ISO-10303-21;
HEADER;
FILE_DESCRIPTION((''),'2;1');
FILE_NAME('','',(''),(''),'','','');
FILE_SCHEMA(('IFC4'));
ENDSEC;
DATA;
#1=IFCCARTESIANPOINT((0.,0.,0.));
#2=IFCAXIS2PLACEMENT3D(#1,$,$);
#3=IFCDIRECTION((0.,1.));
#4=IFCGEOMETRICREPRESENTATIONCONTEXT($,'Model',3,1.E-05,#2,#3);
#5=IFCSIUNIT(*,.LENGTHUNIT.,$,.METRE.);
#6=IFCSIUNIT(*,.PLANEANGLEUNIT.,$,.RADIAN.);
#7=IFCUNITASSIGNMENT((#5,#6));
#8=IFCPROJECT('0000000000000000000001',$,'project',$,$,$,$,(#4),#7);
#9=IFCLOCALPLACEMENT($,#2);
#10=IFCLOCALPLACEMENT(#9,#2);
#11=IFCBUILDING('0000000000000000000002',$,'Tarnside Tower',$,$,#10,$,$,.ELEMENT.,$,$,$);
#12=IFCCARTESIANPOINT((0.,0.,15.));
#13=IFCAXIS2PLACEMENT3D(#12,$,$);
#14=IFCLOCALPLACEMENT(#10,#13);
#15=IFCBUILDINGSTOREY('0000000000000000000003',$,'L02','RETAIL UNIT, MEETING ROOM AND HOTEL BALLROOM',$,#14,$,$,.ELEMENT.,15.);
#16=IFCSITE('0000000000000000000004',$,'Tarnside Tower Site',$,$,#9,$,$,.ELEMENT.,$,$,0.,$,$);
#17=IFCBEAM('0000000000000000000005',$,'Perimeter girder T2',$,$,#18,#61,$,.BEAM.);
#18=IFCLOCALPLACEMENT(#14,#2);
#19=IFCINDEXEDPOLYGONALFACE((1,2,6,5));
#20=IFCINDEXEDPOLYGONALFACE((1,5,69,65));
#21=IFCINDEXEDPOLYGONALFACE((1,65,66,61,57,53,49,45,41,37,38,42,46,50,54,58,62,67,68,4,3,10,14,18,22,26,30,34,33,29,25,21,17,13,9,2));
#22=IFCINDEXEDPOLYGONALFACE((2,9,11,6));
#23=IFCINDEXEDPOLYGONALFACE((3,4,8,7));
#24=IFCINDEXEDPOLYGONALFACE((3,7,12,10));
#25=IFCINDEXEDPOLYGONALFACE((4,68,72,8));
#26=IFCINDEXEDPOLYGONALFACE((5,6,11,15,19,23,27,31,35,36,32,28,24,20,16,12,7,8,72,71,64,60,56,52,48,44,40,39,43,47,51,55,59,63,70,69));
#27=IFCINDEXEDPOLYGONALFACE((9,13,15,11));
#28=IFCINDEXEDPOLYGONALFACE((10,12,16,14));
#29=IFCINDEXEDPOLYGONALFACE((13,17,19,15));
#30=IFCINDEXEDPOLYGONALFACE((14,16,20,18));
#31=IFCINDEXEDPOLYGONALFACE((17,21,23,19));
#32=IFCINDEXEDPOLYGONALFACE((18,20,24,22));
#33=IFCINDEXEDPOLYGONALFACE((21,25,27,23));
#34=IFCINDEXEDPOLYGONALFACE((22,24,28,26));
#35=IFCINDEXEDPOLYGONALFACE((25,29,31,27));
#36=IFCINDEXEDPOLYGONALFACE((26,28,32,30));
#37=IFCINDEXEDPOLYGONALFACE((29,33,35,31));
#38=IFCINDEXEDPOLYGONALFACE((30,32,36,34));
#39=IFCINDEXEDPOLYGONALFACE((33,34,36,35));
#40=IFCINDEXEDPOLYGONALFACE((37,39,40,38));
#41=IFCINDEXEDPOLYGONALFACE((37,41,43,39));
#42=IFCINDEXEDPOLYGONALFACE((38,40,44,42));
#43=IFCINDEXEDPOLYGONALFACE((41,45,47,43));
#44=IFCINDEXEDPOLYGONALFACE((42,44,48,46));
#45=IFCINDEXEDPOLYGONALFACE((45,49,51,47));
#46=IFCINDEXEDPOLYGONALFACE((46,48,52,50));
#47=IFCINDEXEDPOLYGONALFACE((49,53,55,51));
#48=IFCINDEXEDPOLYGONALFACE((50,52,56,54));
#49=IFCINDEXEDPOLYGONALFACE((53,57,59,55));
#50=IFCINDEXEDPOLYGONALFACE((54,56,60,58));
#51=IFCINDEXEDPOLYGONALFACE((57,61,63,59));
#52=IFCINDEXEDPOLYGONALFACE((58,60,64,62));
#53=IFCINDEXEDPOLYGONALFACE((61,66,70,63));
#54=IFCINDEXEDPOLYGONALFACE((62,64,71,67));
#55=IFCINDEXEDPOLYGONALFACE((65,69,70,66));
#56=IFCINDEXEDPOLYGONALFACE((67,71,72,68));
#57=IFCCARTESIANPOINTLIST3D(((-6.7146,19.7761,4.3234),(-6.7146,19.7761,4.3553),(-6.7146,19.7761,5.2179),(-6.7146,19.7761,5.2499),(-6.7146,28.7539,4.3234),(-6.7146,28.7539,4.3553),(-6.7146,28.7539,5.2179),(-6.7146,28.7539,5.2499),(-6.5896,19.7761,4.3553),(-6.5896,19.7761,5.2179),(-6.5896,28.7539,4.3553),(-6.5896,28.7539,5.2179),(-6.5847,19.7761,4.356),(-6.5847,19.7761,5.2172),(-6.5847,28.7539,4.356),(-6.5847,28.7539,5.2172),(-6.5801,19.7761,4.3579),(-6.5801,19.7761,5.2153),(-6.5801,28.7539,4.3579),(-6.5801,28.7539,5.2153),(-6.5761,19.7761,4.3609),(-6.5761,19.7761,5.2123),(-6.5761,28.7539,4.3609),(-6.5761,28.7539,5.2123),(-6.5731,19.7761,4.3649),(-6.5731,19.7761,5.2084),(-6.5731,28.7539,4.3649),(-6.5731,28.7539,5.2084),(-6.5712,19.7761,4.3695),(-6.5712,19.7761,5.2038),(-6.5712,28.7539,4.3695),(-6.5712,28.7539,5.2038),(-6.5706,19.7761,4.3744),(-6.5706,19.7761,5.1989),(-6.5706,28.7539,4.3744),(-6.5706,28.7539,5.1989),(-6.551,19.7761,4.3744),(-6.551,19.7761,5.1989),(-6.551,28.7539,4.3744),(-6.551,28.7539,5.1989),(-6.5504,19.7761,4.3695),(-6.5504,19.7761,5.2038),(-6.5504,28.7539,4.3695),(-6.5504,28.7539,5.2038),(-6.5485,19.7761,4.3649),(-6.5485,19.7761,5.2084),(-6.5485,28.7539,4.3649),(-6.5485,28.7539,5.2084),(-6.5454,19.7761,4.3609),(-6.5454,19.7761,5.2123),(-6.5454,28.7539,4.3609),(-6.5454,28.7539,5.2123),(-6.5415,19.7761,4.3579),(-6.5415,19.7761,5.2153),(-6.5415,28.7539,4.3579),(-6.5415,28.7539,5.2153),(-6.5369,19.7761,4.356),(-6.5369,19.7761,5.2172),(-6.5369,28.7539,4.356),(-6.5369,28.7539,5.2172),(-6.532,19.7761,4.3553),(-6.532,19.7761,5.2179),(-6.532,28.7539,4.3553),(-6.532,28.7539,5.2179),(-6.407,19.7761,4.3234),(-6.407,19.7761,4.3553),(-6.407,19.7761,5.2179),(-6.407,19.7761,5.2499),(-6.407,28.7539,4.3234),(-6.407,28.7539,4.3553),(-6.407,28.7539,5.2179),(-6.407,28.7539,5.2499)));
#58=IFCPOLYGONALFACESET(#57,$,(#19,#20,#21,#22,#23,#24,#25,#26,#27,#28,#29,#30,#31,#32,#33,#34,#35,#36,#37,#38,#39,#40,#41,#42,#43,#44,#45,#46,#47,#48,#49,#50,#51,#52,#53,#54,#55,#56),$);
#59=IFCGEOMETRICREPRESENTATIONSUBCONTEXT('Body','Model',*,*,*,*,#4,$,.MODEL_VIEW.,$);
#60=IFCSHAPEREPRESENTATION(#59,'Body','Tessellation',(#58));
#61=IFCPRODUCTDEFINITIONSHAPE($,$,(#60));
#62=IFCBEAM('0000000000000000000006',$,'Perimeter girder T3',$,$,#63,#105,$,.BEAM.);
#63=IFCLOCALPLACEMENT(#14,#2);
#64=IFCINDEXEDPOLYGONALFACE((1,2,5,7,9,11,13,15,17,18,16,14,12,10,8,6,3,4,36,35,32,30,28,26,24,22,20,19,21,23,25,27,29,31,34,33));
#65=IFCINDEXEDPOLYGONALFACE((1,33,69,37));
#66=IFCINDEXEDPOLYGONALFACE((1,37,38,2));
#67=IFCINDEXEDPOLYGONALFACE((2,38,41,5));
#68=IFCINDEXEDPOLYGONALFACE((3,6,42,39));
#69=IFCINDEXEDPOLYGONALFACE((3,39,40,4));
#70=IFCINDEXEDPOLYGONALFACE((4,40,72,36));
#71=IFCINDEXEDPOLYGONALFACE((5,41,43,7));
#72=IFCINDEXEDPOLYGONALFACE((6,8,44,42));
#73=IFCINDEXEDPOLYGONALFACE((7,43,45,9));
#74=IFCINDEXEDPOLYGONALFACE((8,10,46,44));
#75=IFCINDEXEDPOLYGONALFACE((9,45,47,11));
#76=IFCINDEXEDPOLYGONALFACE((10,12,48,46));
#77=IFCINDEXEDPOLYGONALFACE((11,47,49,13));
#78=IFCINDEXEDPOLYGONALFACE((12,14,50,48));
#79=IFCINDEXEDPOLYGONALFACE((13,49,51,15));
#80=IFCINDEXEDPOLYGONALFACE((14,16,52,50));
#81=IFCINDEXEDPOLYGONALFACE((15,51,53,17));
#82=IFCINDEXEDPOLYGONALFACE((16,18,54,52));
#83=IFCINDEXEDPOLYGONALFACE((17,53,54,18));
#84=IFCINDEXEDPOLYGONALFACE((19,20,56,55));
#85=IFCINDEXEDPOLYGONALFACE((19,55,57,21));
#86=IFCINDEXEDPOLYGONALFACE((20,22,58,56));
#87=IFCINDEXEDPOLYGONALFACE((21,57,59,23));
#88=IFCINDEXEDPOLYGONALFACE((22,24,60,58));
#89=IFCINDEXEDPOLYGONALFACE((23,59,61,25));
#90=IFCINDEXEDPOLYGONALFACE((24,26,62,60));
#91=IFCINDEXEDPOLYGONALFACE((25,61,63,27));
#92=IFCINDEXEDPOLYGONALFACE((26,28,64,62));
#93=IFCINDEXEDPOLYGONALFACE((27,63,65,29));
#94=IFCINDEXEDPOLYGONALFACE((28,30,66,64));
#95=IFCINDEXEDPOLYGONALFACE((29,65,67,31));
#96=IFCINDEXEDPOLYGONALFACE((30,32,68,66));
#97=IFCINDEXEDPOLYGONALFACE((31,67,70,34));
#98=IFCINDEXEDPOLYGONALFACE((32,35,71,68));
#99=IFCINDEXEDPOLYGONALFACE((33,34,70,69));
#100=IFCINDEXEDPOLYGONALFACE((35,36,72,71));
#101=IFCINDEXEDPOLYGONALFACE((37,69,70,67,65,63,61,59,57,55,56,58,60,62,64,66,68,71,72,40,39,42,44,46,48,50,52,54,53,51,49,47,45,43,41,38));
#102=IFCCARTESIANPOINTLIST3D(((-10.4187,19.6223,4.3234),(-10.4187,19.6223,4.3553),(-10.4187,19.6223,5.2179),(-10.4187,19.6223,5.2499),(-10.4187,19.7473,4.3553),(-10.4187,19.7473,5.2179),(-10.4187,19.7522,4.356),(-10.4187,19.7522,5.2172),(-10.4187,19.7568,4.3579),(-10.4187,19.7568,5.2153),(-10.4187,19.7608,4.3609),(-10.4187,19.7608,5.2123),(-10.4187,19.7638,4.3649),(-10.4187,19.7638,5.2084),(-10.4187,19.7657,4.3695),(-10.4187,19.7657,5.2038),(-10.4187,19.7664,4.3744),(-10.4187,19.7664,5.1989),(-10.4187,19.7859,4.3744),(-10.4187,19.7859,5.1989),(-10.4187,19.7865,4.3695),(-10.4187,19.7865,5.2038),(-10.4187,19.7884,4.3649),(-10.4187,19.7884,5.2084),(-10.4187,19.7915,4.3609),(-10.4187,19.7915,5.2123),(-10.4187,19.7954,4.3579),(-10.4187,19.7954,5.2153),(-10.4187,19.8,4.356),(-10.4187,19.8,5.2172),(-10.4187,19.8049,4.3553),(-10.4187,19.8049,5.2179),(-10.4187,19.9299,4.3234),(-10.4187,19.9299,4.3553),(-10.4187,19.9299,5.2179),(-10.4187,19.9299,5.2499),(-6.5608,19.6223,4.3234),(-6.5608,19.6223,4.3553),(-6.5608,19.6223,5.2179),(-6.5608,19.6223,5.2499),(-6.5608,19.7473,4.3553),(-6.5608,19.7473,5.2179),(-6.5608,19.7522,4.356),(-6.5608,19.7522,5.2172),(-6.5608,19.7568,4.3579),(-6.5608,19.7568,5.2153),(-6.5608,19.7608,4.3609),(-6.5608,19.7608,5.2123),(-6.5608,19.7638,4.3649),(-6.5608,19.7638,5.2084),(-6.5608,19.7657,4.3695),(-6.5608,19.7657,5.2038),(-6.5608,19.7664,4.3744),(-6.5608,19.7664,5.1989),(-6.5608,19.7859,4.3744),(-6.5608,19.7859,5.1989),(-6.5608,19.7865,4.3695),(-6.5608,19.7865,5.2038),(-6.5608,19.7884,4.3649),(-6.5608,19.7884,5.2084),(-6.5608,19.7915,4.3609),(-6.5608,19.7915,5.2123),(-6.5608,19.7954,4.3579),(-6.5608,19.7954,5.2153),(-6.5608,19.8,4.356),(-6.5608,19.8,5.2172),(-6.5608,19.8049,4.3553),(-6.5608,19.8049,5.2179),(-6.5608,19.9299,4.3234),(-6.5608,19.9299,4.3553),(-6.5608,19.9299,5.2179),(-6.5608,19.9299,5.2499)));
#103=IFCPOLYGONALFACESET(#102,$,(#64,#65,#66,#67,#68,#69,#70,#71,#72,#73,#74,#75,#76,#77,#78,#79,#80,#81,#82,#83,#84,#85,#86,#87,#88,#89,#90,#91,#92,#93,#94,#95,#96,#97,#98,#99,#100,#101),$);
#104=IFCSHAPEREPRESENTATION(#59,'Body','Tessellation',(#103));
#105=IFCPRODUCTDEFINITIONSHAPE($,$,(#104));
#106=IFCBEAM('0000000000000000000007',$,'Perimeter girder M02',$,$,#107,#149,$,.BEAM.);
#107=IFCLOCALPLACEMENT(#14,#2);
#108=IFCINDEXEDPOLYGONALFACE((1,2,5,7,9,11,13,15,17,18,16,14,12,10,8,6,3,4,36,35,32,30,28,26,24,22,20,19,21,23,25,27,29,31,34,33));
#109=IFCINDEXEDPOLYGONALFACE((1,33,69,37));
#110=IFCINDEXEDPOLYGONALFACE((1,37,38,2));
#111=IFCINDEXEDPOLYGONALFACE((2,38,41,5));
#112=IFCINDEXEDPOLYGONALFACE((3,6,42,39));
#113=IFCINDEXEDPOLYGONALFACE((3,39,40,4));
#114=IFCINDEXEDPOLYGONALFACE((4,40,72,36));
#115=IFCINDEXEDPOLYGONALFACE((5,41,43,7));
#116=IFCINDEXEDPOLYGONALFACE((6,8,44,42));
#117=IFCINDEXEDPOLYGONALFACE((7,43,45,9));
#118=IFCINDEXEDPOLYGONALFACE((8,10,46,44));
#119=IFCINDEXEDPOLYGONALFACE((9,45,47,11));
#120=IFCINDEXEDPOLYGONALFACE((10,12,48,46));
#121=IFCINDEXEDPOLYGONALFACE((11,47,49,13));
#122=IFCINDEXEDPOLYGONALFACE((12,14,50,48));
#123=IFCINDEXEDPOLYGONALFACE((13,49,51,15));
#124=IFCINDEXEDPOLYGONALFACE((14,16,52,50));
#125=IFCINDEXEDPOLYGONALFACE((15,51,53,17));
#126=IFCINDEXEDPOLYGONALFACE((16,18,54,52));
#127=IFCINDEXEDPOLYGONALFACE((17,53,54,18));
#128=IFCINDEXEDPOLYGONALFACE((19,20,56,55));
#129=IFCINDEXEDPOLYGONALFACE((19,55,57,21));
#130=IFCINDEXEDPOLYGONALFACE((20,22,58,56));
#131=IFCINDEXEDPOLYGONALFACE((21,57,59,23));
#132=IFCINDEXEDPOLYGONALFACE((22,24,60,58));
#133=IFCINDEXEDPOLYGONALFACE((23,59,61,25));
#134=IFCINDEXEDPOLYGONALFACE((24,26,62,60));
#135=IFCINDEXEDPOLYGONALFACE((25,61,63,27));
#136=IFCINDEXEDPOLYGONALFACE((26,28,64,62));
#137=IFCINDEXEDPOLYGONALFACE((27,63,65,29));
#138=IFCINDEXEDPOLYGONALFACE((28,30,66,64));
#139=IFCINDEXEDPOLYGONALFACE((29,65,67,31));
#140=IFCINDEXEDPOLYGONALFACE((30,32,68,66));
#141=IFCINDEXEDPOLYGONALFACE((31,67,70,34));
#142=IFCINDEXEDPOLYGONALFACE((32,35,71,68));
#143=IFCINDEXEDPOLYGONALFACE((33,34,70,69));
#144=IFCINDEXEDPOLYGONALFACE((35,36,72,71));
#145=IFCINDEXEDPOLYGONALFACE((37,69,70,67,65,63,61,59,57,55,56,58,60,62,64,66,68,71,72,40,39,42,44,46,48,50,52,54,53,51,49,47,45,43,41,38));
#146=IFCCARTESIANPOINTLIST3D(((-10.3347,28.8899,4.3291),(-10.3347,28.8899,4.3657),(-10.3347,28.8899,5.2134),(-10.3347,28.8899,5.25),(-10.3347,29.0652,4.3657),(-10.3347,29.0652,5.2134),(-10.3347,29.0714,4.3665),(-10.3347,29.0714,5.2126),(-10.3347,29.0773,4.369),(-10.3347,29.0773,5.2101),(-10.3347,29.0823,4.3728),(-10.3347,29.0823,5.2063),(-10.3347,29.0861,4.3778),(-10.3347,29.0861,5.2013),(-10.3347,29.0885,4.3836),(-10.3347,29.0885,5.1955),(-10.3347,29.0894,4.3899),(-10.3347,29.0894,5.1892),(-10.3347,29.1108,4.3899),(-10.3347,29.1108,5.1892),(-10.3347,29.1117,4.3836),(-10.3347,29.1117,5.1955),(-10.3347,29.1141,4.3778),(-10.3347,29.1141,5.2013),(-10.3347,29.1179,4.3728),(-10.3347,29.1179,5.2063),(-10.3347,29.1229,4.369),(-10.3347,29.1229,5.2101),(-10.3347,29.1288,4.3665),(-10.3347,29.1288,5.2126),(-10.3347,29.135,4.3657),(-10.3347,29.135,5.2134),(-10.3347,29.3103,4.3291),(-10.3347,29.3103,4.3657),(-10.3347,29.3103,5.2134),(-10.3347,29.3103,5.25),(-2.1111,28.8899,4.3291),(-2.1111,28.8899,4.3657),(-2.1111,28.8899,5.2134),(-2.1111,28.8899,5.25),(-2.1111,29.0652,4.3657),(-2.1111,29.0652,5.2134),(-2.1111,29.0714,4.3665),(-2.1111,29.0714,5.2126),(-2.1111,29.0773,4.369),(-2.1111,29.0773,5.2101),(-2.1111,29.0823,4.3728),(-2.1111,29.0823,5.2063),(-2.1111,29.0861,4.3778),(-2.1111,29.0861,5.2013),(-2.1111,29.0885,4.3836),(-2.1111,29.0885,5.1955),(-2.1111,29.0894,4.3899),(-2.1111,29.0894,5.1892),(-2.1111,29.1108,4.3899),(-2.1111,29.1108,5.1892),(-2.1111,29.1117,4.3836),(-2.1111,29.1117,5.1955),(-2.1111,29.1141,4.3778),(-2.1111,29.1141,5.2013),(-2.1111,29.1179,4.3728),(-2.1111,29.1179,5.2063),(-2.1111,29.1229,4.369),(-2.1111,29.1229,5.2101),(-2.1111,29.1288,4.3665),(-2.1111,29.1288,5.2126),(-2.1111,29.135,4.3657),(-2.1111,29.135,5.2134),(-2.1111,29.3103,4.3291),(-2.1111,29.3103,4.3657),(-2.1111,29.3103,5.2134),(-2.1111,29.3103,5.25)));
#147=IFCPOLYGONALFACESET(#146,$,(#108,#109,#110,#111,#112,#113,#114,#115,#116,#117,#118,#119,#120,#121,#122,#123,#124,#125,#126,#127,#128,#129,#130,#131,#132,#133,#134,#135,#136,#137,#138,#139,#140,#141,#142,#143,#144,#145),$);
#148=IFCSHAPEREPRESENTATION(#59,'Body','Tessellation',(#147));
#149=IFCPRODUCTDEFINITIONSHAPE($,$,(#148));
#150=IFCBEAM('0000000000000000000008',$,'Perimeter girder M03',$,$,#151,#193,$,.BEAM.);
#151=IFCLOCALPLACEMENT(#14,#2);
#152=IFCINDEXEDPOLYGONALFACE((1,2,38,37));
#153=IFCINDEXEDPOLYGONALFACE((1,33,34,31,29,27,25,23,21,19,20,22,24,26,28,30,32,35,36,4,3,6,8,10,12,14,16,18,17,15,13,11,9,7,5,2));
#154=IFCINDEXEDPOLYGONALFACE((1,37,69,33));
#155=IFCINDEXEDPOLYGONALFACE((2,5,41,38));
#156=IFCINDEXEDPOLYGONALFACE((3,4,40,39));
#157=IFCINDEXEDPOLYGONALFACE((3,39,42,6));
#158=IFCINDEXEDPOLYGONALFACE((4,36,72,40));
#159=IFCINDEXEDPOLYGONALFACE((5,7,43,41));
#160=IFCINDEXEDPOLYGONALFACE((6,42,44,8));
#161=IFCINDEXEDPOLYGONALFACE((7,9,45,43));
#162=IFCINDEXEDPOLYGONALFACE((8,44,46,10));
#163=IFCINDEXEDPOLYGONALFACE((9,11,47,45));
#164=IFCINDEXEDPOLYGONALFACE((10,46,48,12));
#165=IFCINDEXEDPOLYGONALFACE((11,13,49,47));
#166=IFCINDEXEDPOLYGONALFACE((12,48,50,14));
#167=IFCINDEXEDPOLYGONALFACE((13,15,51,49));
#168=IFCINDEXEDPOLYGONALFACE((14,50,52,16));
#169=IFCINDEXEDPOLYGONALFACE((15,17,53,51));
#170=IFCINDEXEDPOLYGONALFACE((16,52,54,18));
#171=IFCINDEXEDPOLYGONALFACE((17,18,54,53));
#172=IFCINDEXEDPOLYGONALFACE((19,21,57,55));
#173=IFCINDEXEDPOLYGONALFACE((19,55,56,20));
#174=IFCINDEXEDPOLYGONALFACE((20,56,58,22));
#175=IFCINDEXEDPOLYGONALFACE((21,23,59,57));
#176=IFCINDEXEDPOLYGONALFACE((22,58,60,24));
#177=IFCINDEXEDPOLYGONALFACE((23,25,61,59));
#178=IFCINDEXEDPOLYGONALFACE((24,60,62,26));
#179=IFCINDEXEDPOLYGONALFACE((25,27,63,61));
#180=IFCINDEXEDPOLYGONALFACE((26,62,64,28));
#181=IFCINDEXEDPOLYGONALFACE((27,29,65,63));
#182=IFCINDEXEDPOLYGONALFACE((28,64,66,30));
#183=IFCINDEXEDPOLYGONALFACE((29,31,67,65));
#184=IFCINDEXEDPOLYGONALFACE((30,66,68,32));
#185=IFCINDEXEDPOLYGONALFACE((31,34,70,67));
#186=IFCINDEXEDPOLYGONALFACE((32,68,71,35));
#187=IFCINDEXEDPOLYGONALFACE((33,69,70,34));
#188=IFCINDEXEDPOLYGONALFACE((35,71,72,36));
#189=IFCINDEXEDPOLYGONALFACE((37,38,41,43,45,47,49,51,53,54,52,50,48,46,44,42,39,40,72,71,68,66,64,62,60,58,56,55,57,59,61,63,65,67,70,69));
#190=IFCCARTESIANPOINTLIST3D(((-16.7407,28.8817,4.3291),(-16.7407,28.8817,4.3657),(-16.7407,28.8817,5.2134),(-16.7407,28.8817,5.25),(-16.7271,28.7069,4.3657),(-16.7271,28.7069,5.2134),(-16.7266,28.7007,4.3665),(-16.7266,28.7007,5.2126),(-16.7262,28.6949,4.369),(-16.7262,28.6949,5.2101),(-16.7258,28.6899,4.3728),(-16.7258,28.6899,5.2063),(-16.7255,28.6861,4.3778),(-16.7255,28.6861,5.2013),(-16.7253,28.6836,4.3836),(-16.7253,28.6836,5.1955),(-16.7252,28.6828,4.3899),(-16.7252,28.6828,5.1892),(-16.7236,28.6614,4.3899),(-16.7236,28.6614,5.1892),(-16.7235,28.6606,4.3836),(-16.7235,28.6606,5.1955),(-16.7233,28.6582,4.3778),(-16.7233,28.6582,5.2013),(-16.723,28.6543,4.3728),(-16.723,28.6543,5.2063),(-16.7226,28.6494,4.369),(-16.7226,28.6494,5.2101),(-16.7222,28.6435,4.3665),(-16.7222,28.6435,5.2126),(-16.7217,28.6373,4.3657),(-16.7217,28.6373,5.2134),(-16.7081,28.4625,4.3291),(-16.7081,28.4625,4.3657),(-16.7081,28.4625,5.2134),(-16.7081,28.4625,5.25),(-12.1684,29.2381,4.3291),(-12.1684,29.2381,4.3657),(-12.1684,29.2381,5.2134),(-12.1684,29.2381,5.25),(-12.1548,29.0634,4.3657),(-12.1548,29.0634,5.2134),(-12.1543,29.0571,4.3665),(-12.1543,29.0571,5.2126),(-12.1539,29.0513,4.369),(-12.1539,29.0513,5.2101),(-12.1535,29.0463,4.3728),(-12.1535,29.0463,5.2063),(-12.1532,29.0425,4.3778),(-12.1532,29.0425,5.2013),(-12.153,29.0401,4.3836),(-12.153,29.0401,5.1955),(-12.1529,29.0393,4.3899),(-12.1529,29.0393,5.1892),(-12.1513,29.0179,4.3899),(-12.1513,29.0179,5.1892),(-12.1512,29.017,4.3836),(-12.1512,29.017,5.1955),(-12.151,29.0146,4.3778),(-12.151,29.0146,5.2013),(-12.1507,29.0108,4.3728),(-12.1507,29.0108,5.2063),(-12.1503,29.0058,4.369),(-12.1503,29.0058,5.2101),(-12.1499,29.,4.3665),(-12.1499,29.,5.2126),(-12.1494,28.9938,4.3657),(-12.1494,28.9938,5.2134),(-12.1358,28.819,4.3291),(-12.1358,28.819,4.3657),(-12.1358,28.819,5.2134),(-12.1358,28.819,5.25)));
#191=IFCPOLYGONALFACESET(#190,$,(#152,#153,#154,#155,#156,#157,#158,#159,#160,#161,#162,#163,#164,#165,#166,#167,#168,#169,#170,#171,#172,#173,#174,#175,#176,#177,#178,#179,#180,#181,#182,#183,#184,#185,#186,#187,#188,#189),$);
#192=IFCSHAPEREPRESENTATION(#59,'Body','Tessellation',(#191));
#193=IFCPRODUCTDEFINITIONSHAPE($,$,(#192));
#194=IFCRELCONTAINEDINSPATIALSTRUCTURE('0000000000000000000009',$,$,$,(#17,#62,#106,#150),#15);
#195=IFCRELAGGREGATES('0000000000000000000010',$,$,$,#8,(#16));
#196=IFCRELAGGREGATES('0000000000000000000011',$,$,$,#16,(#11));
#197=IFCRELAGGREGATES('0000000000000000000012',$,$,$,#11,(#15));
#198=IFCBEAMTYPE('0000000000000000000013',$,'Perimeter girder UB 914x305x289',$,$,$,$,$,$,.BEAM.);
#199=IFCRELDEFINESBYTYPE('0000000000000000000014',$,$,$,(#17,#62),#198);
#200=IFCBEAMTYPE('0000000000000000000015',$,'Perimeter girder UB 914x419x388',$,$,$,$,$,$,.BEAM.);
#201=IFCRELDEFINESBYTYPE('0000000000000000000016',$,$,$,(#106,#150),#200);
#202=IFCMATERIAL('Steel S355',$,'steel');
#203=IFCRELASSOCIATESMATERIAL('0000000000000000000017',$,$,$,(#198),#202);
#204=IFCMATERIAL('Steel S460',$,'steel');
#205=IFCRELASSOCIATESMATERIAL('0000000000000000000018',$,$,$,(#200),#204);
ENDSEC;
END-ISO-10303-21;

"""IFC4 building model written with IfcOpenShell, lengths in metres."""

from ifc_helpers import new_model, si_unit, direction, frame, origin, origin_2d, place, context, subcontext, project, spatial, i_section, extrude, material, material_profile, profile_set, type_object, element, save


model = new_model("IFC4")

# Units and contexts
model_context = context("Model", 3, precision=1e-05, world=origin(), true_north=direction((0.0, 1.0)))
body_context = subcontext(model_context, "Body", "Model", "MODEL_VIEW")
ifc_project = project(units=[si_unit("LENGTHUNIT", "METRE"), si_unit("PLANEANGLEUNIT", "RADIAN")], contexts=[model_context])

# Site, building, storey
site_placement = place(None, origin())
site = spatial("IfcSite", under=ifc_project, at=site_placement, Name="Tarnside Tower Site", CompositionType="ELEMENT", RefElevation=0.0)
building_placement = place(site_placement, origin())
building = spatial("IfcBuilding", under=site, at=building_placement, Name="Tarnside Tower", CompositionType="ELEMENT")
storey_placement = place(building_placement, frame((0.0, 0.0, 15.0)))
storey = spatial("IfcBuildingStorey", under=building, at=storey_placement, Name="L02", Description="RETAIL UNIT, MEETING ROOM AND HOTEL BALLROOM", CompositionType="ELEMENT", Elevation=15.0)

# Shared definitions
ifc_material_1 = material(Name="Steel S460", Category="steel")

# Beams
ifc_material_2 = material(Name="Steel S355", Category="steel")
ifc_material_profile_1 = material_profile(ifc_material_2, i_section(OverallWidth=0.3076, OverallDepth=0.9265, WebThickness=0.0195, FlangeThickness=0.032, FilletRadius=0.019, at=origin_2d()), Name="UB 914x305x289")
ifc_profile_set_1 = profile_set([ifc_material_profile_1], Name="Steel S355")
beam_type_1 = type_object("IfcBeamType", Name="Perimeter girder UB 914x305x289", PredefinedType="BEAM", material=ifc_profile_set_1)
beam_1_placement = place(storey_placement, frame((-6.5608, 28.7539, 4.7866), z_axis=(0.0, -1.0, 0.0), x_axis=(1.0, 0.0, 0.0)))
element("IfcBeam", 1, at=beam_1_placement, inside=storey, type_object=beam_type_1, Name="Perimeter girder T2", PredefinedType="BEAM", context=body_context, shape_type="SweptSolid", body=[
    extrude(i_section(OverallWidth=0.3076, OverallDepth=0.9265, WebThickness=0.0195, FlangeThickness=0.032, FilletRadius=0.019, at=origin_2d()), origin(), (0.0, 0.0, 1.0), 8.9778),
])
beam_2_placement = place(storey_placement, frame((-6.5608, 19.7761, 4.7866), z_axis=(-1.0, 0.0, 0.0), x_axis=(0.0, -1.0, 0.0)))
element("IfcBeam", 2, at=beam_2_placement, inside=storey, type_object=beam_type_1, Name="Perimeter girder T3", PredefinedType="BEAM", context=body_context, shape_type="SweptSolid", body=[
    extrude(i_section(OverallWidth=0.3076, OverallDepth=0.9265, WebThickness=0.0195, FlangeThickness=0.032, FilletRadius=0.019, at=origin_2d()), origin(), (0.0, 0.0, 1.0), 3.8579),
])
ifc_material_profile_2 = material_profile(ifc_material_1, i_section(OverallWidth=0.4204, OverallDepth=0.9209, WebThickness=0.0215, FlangeThickness=0.0366, FilletRadius=0.0242, at=origin_2d()), Name="UB 914x419x388")
ifc_profile_set_2 = profile_set([ifc_material_profile_2], Name="Steel S460")
beam_type_2 = type_object("IfcBeamType", Name="Perimeter girder UB 914x419x388", PredefinedType="BEAM", material=ifc_profile_set_2)
beam_3_placement = place(storey_placement, frame((-2.1111, 29.1001, 4.7896), z_axis=(-1.0, 0.0, 0.0), x_axis=(0.0, -1.0, 0.0)))
element("IfcBeam", 3, at=beam_3_placement, inside=storey, type_object=beam_type_2, Name="Perimeter girder M02", PredefinedType="BEAM", context=body_context, shape_type="SweptSolid", body=[
    extrude(i_section(OverallWidth=0.4204, OverallDepth=0.9209, WebThickness=0.0215, FlangeThickness=0.0366, FilletRadius=0.0242, at=origin_2d()), origin(), (0.0, 0.0, 1.0), 8.2236),
])
beam_4_placement = place(storey_placement, frame((-12.1521, 29.0286, 4.7896), z_axis=(-0.996975, -0.077722, 0.0), x_axis=(0.077722, -0.996975, 0.0)))
element("IfcBeam", 4, at=beam_4_placement, inside=storey, type_object=beam_type_2, Name="Perimeter girder M03", PredefinedType="BEAM", context=body_context, shape_type="SweptSolid", body=[
    extrude(i_section(OverallWidth=0.4204, OverallDepth=0.9209, WebThickness=0.0215, FlangeThickness=0.0366, FilletRadius=0.0242, at=origin_2d()), origin(), (0.0, 0.0, 1.0), 4.5862),
])

save(model, "model.ifc")
